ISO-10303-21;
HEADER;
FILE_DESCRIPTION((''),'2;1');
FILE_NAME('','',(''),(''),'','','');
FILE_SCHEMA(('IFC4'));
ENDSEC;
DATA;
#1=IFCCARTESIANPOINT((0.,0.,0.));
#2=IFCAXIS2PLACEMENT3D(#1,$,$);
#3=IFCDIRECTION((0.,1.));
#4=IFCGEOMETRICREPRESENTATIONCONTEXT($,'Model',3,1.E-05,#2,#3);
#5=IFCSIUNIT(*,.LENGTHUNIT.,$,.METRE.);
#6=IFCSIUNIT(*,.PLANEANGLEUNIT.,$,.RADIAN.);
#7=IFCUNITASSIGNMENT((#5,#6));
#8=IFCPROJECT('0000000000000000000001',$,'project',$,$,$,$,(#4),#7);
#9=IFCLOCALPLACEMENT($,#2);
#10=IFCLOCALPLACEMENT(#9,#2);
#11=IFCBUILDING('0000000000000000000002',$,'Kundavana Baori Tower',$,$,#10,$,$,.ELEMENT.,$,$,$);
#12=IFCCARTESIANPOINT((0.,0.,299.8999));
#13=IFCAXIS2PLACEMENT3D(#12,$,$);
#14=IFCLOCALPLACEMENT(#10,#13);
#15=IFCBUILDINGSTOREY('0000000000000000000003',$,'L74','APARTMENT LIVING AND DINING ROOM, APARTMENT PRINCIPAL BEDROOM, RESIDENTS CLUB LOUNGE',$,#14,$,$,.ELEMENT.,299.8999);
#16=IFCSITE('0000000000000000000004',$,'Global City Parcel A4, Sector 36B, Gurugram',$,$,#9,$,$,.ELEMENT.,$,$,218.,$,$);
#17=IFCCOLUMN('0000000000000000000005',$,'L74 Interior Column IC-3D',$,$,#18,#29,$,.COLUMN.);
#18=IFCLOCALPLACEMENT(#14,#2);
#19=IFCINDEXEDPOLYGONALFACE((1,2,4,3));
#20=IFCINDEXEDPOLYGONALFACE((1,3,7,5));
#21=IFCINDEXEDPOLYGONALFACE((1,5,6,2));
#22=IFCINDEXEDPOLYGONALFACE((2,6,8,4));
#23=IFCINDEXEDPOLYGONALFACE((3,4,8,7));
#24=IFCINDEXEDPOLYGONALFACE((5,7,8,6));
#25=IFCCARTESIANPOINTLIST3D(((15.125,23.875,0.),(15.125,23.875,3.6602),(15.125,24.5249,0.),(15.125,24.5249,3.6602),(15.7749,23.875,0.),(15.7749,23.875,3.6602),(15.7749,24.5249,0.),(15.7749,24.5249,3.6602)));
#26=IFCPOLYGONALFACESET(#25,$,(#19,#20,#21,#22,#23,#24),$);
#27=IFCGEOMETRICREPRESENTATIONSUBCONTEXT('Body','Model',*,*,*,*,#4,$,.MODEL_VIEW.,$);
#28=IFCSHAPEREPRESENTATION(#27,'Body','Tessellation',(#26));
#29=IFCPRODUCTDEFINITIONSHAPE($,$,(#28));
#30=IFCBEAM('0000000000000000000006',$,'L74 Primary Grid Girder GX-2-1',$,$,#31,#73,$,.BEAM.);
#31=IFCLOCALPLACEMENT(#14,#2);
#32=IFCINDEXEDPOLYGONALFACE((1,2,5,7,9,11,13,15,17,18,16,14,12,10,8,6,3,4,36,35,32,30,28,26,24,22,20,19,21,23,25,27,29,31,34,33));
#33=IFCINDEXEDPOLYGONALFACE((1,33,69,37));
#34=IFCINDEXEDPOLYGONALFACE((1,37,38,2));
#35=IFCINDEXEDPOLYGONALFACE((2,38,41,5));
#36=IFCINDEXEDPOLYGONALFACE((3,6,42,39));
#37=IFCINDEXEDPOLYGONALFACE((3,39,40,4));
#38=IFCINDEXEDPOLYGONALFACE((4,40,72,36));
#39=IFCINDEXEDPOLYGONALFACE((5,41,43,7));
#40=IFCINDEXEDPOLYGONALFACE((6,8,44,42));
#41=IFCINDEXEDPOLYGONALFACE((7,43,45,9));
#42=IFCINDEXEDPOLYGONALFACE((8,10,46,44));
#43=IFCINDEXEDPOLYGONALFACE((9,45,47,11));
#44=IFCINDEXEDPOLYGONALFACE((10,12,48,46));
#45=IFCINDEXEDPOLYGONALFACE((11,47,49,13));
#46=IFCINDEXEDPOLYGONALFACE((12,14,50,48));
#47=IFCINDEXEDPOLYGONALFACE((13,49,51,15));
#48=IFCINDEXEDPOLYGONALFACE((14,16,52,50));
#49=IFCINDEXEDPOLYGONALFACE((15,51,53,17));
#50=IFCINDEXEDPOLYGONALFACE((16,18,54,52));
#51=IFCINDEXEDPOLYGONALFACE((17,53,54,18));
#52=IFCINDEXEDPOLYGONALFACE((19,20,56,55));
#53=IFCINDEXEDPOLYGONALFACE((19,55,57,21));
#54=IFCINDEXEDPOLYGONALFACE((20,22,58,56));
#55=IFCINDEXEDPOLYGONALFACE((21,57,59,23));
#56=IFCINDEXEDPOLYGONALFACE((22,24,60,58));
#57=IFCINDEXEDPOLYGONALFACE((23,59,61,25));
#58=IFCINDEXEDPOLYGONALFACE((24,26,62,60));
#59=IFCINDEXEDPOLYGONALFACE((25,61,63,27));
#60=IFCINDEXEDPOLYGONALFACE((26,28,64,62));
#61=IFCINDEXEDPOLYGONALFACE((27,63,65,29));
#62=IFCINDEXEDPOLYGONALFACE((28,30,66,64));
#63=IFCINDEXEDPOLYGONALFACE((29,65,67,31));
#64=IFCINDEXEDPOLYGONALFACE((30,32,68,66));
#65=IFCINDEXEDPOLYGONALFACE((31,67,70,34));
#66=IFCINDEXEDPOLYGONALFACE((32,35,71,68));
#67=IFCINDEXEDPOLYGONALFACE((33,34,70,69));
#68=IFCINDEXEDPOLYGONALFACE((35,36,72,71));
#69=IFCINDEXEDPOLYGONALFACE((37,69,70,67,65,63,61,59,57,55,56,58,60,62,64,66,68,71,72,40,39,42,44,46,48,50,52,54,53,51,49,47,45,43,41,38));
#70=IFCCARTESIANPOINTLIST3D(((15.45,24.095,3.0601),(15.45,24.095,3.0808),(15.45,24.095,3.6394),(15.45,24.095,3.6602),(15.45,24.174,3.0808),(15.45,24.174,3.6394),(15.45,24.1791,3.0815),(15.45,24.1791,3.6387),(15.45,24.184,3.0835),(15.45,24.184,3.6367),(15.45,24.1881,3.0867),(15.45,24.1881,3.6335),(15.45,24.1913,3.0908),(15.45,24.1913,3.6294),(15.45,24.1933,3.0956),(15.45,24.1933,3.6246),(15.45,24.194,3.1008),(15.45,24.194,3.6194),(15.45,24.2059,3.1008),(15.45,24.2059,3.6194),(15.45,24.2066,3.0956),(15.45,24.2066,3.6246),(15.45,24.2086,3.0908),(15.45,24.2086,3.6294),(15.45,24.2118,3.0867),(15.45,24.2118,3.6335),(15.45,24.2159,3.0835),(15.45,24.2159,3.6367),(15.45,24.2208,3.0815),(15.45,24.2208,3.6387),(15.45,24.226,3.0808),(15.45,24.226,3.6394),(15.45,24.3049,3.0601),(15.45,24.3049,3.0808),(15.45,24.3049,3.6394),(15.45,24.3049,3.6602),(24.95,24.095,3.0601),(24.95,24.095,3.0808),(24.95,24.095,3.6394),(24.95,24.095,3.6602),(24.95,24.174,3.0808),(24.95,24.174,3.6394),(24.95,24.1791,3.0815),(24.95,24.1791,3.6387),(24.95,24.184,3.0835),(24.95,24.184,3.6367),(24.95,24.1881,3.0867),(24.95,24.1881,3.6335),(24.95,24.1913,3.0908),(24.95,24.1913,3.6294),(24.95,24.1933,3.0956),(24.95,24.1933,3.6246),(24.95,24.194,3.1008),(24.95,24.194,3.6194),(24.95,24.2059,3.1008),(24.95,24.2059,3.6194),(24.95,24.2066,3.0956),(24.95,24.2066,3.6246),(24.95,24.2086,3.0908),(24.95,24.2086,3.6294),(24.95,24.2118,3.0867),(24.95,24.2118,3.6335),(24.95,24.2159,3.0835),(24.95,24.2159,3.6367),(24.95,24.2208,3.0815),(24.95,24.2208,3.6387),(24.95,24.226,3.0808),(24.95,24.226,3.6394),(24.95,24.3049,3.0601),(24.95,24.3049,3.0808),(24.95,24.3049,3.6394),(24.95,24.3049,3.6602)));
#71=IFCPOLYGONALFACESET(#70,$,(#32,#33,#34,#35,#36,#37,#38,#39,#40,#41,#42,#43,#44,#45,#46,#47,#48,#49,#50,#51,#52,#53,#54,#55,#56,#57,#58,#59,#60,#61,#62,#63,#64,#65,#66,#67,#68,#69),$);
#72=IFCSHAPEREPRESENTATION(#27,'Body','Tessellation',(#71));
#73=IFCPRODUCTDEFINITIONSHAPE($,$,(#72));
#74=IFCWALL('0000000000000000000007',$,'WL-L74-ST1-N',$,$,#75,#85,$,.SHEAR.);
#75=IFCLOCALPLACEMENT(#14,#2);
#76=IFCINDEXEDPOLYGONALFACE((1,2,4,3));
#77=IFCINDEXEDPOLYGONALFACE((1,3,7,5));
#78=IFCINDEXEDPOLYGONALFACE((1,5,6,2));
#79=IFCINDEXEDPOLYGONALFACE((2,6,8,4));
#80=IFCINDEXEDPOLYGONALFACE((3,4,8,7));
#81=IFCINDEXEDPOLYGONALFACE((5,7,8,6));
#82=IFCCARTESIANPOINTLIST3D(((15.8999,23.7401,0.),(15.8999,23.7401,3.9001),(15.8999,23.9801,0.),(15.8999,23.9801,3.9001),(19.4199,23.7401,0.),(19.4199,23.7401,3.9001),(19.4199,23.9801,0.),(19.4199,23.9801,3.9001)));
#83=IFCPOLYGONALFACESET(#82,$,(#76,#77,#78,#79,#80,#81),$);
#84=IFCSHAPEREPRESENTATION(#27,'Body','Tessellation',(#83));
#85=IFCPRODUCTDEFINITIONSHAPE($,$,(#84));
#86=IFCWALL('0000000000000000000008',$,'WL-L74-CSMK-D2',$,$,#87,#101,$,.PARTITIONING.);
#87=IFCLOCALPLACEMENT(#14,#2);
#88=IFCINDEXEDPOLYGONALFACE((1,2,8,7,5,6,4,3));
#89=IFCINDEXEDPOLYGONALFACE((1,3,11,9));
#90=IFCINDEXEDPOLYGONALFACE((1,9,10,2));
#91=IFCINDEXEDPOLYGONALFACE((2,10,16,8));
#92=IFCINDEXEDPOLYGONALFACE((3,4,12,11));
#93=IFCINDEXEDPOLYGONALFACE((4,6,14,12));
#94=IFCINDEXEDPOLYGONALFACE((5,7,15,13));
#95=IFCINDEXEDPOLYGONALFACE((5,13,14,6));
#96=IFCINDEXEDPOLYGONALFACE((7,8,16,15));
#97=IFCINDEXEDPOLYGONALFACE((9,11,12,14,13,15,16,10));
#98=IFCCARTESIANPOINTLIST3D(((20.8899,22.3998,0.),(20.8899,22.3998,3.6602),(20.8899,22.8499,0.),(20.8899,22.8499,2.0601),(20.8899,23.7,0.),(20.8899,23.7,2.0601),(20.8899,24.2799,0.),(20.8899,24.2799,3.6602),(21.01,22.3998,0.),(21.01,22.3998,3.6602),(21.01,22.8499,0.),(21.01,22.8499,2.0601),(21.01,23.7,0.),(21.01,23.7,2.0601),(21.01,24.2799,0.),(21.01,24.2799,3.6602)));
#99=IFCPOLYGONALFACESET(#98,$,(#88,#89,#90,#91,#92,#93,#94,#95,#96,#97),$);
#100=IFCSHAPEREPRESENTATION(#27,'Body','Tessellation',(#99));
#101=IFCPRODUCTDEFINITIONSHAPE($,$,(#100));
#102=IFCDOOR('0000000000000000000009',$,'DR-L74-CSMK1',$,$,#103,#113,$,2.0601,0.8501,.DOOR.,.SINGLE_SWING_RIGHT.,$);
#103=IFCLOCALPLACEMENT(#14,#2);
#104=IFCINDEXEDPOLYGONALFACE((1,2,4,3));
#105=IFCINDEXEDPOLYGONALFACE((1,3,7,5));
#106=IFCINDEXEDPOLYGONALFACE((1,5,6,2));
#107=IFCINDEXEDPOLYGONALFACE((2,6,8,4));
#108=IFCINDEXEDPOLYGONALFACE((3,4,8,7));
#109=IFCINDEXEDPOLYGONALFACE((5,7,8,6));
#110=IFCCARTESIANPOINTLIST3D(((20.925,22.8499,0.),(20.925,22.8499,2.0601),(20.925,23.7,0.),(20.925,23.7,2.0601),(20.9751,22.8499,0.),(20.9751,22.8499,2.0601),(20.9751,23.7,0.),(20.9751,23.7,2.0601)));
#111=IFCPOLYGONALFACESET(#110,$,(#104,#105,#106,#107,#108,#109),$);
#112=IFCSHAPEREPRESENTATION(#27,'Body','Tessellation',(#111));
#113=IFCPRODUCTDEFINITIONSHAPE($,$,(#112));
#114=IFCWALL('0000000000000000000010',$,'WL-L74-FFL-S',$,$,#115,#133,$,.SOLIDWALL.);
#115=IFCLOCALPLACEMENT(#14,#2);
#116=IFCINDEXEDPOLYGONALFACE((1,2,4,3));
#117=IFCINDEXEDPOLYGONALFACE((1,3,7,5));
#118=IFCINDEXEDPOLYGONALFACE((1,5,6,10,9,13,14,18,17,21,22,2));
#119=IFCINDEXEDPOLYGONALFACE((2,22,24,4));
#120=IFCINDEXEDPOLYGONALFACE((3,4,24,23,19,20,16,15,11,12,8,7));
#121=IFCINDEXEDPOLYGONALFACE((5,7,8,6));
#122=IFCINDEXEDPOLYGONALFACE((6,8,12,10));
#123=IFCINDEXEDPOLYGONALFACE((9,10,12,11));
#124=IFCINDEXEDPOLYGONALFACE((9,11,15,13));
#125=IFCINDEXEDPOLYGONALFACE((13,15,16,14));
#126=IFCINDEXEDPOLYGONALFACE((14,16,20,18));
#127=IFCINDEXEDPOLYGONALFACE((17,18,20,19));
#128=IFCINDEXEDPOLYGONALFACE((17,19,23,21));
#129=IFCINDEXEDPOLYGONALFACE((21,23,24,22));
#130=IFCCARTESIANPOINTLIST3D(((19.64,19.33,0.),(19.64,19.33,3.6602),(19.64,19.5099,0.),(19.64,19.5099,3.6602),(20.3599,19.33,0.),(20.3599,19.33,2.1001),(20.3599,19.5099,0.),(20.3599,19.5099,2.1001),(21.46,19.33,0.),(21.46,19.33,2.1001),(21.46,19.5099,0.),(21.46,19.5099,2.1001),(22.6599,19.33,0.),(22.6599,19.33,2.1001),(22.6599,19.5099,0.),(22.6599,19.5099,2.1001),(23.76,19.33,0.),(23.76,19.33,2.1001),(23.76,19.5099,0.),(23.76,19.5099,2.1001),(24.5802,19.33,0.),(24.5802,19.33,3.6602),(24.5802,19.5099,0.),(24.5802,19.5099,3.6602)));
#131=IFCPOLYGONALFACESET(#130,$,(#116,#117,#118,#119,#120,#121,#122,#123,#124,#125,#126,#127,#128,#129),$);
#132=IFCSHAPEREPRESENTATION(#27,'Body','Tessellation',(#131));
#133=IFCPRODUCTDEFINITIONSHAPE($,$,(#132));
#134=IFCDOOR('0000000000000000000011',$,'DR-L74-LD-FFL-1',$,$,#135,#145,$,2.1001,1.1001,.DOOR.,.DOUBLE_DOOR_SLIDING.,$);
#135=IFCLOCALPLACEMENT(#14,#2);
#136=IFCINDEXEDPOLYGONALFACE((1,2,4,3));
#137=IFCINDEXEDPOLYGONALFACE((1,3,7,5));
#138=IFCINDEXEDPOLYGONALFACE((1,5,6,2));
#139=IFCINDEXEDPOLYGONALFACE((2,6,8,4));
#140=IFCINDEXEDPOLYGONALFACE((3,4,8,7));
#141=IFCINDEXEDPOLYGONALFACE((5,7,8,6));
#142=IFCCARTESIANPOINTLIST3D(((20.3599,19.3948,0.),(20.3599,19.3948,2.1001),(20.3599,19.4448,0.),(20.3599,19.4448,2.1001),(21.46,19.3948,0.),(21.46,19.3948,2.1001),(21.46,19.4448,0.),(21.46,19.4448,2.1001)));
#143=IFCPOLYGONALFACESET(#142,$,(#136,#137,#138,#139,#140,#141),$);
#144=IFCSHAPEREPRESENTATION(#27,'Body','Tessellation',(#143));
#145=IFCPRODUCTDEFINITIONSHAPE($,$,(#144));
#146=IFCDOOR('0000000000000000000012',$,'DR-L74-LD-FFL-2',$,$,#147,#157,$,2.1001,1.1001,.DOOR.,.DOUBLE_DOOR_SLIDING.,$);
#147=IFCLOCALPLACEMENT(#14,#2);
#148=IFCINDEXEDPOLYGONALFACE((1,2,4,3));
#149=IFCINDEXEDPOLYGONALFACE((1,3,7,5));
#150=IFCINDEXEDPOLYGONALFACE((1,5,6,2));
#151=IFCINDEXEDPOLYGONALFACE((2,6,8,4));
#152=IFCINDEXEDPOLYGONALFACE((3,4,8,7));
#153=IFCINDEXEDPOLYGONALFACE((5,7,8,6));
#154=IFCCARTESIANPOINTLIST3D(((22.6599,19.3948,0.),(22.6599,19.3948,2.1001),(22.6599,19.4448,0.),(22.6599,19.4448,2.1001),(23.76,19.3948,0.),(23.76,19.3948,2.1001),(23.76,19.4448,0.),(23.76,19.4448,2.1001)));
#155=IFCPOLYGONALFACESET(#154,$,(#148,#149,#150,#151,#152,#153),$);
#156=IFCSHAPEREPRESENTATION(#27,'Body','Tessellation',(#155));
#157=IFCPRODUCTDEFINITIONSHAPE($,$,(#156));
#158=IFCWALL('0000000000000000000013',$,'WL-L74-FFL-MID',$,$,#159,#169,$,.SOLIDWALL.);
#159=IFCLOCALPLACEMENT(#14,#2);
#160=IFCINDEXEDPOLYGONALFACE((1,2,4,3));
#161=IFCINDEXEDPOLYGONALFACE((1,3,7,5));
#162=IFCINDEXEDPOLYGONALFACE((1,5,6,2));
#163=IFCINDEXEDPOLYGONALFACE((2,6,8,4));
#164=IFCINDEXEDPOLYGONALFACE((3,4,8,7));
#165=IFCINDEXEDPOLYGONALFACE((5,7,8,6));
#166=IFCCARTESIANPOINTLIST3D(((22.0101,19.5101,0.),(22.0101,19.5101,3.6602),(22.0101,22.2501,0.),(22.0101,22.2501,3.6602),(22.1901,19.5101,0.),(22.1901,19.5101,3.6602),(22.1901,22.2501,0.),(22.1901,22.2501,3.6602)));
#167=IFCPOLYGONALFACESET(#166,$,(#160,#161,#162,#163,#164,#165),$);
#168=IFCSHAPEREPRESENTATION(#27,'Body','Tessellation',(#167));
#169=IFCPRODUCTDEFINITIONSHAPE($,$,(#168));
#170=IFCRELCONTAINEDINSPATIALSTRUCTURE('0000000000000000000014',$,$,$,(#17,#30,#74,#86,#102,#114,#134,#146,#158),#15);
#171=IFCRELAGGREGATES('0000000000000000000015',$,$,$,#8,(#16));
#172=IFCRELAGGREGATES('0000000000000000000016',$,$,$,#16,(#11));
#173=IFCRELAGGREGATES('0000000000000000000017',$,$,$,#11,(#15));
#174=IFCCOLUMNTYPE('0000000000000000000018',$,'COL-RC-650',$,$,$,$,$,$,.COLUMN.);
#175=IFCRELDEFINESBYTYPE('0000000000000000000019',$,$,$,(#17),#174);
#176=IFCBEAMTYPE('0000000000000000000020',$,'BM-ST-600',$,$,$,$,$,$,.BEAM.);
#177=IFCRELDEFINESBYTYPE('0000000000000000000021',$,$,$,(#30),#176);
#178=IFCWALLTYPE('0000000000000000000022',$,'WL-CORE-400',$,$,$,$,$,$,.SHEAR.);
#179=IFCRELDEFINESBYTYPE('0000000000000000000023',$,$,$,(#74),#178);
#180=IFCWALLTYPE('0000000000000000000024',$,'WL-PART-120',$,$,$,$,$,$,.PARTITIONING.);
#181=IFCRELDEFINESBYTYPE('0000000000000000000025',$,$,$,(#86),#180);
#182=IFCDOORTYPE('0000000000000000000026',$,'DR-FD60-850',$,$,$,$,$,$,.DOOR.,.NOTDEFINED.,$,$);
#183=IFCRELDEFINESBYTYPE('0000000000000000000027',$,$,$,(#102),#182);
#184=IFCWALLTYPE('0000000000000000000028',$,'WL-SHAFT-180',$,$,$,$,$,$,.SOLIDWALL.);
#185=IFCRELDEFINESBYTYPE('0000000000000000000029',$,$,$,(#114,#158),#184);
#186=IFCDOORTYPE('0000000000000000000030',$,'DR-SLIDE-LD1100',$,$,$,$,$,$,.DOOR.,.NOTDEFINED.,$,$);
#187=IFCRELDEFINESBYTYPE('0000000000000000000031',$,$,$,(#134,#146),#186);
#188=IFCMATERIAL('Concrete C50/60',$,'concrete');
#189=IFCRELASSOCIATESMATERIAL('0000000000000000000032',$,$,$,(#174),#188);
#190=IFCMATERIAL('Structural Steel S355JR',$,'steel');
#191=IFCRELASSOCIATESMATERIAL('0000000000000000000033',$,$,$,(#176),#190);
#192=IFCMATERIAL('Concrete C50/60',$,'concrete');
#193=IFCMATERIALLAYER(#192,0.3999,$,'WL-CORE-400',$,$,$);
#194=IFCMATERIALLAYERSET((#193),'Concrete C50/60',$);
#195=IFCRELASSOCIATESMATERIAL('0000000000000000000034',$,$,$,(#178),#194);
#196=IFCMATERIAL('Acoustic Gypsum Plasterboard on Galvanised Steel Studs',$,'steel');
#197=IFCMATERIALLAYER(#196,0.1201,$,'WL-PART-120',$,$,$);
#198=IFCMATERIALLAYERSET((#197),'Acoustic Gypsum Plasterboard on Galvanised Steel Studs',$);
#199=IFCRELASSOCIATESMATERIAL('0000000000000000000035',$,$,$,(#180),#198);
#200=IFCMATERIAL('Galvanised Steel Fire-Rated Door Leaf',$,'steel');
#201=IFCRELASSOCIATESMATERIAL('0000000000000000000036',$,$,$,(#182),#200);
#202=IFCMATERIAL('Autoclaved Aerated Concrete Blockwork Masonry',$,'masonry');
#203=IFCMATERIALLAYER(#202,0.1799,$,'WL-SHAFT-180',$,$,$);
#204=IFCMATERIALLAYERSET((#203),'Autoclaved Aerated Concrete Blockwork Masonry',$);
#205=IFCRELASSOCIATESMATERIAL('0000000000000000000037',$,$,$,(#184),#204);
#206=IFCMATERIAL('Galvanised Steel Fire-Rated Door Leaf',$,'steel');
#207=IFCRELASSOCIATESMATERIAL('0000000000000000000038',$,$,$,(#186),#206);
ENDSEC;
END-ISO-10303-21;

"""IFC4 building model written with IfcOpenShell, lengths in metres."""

from ifc_helpers import new_model, si_unit, direction, frame, frame_2d, origin, origin_2d, place, context, subcontext, project, spatial, rectangle, i_section, extrude, material, layer, layer_set, material_profile, profile_set, type_object, element, fill, save


model = new_model("IFC4")

# Units and contexts
model_context = context("Model", 3, precision=1e-05, world=origin(), true_north=direction((0.0, 1.0)))
body_context = subcontext(model_context, "Body", "Model", "MODEL_VIEW")
ifc_project = project(units=[si_unit("LENGTHUNIT", "METRE"), si_unit("PLANEANGLEUNIT", "RADIAN")], contexts=[model_context])

# Site, building, storey
site_placement = place(None, origin())
site = spatial("IfcSite", under=ifc_project, at=site_placement, Name="Global City Parcel A4, Sector 36B, Gurugram", CompositionType="ELEMENT", RefElevation=218.0)
building_placement = place(site_placement, origin())
building = spatial("IfcBuilding", under=site, at=building_placement, Name="Kundavana Baori Tower", CompositionType="ELEMENT")
storey_placement = place(building_placement, frame((0.0, 0.0, 299.8999)))
storey = spatial("IfcBuildingStorey", under=building, at=storey_placement, Name="L74", Description="APARTMENT LIVING AND DINING ROOM, APARTMENT PRINCIPAL BEDROOM, RESIDENTS CLUB LOUNGE", CompositionType="ELEMENT", Elevation=299.8999)

# Column
ifc_material_1 = material(Name="Concrete C50/60", Category="concrete")
ifc_material_profile_1 = material_profile(ifc_material_1, rectangle(XDim=0.6499, YDim=0.6499, at=origin_2d()), Name="RC 650x650")
ifc_profile_set_1 = profile_set([ifc_material_profile_1], Name="Concrete C50/60")
column_type = type_object("IfcColumnType", Name="COL-RC-650", PredefinedType="COLUMN", material=ifc_profile_set_1)
column_placement = place(storey_placement, frame((15.45, 24.2, 0.0), z_axis=(0.0, 0.0, 1.0), x_axis=(1.0, 0.0, 0.0)))
element("IfcColumn", 1, at=column_placement, inside=storey, type_object=column_type, Name="L74 Interior Column IC-3D", PredefinedType="COLUMN", context=body_context, shape_type="SweptSolid", body=[
    extrude(rectangle(XDim=0.6499, YDim=0.6499, at=origin_2d()), origin(), (0.0, 0.0, 1.0), 3.6602),
])

# Beam
ifc_material_2 = material(Name="Structural Steel S355JR", Category="steel")
ifc_material_profile_2 = material_profile(ifc_material_2, i_section(OverallWidth=0.21, OverallDepth=0.6001, WebThickness=0.012, FlangeThickness=0.0208, FilletRadius=0.02, at=origin_2d()), Name="ISMB 600")
ifc_profile_set_2 = profile_set([ifc_material_profile_2], Name="Structural Steel S355JR")
beam_type = type_object("IfcBeamType", Name="BM-ST-600", PredefinedType="BEAM", material=ifc_profile_set_2)
beam_placement = place(storey_placement, frame((15.45, 24.2, 3.3601), z_axis=(1.0, 0.0, 0.0), x_axis=(0.0, 1.0, 0.0)))
element("IfcBeam", 2, at=beam_placement, inside=storey, type_object=beam_type, Name="L74 Primary Grid Girder GX-2-1", PredefinedType="BEAM", context=body_context, shape_type="SweptSolid", body=[
    extrude(i_section(OverallWidth=0.21, OverallDepth=0.6001, WebThickness=0.012, FlangeThickness=0.0208, FilletRadius=0.02, at=origin_2d()), origin(), (0.0, 0.0, 1.0), 9.5),
])

# Wall
ifc_material_3 = material(Name="Concrete C50/60", Category="concrete")
ifc_layer_1 = layer(ifc_material_3, 0.3999, Name="WL-CORE-400")
ifc_layer_set_1 = layer_set([ifc_layer_1], Name="Concrete C50/60")
wall_type_1 = type_object("IfcWallType", Name="WL-CORE-400", PredefinedType="SHEAR", material=ifc_layer_set_1)
wall_1_placement = place(storey_placement, frame((15.8999, 23.8601, 0.0), z_axis=(0.0, 0.0, 1.0), x_axis=(1.0, 0.0, 0.0)))
element("IfcWall", 3, at=wall_1_placement, inside=storey, type_object=wall_type_1, Name="WL-L74-ST1-N", PredefinedType="SHEAR", context=body_context, shape_type="SweptSolid", body=[
    extrude(rectangle(XDim=3.52, YDim=0.24, at=frame_2d((1.76, 0.0))), origin(), (0.0, 0.0, 1.0), 3.9001),
])

# Wall, opening, door
ifc_material_4 = material(Name="Acoustic Gypsum Plasterboard on Galvanised Steel Studs", Category="steel")
ifc_layer_2 = layer(ifc_material_4, 0.1201, Name="WL-PART-120")
ifc_layer_set_2 = layer_set([ifc_layer_2], Name="Acoustic Gypsum Plasterboard on Galvanised Steel Studs")
wall_type_2 = type_object("IfcWallType", Name="WL-PART-120", PredefinedType="PARTITIONING", material=ifc_layer_set_2)
wall_2_placement = place(storey_placement, frame((20.95, 22.3999, 0.0), z_axis=(0.0, 0.0, 1.0), x_axis=(0.0, 1.0, 0.0)))
wall_2 = element("IfcWall", 4, at=wall_2_placement, inside=storey, type_object=wall_type_2, Name="WL-L74-CSMK-D2", PredefinedType="PARTITIONING", context=body_context, shape_type="SweptSolid", body=[
    extrude(rectangle(XDim=1.8801, YDim=0.1201, at=frame_2d((0.9399, 0.0))), origin(), (0.0, 0.0, 1.0), 3.6602),
])
opening_1_placement = place(wall_2_placement, frame((0.45, 0.0, 0.0)))
opening_1 = element("IfcOpeningElement", 5, at=opening_1_placement, cuts=wall_2, PredefinedType="OPENING", context=body_context, shape_type="SweptSolid", body=[
    extrude(rectangle(XDim=0.8501, YDim=2.0601, at=frame_2d((0.425, 1.03))), frame((0.0, 0.0701, 0.0), z_axis=(0.0, -1.0, 0.0), x_axis=(1.0, 0.0, 0.0)), (0.0, 0.0, 1.0), 0.1401),
])
ifc_material_5 = material(Name="Galvanised Steel Fire-Rated Door Leaf", Category="steel")
door_type_1 = type_object("IfcDoorType", Name="DR-FD60-850", OperationType="NOTDEFINED", PredefinedType="DOOR", material=ifc_material_5)
door_1_placement = place(opening_1_placement, origin())
door_1 = element("IfcDoor", 6, at=door_1_placement, inside=storey, type_object=door_type_1, Name="DR-L74-CSMK1", OperationType="SINGLE_SWING_RIGHT", OverallHeight=2.0601, OverallWidth=0.8501, PredefinedType="DOOR", context=body_context, shape_type="SweptSolid", body=[
    extrude(rectangle(XDim=0.8501, YDim=2.0601, at=frame_2d((0.425, 1.03))), frame((0.0, 0.0249, 0.0), z_axis=(0.0, -1.0, 0.0), x_axis=(1.0, 0.0, 0.0)), (0.0, 0.0, 1.0), 0.05),
])
fill(opening_1, door_1)

# Wall, openings, doors
ifc_material_6 = material(Name="Autoclaved Aerated Concrete Blockwork Masonry", Category="masonry")
ifc_layer_3 = layer(ifc_material_6, 0.1799, Name="WL-SHAFT-180")
ifc_layer_set_3 = layer_set([ifc_layer_3], Name="Autoclaved Aerated Concrete Blockwork Masonry")
wall_type_3 = type_object("IfcWallType", Name="WL-SHAFT-180", PredefinedType="SOLIDWALL", material=ifc_layer_set_3)
wall_3_placement = place(storey_placement, frame((19.6399, 19.4199, 0.0), z_axis=(0.0, 0.0, 1.0), x_axis=(1.0, 0.0, 0.0)))
wall_3 = element("IfcWall", 7, at=wall_3_placement, inside=storey, type_object=wall_type_3, Name="WL-L74-FFL-S", PredefinedType="SOLIDWALL", context=body_context, shape_type="SweptSolid", body=[
    extrude(rectangle(XDim=4.9402, YDim=0.1799, at=frame_2d((2.4702, 0.0))), origin(), (0.0, 0.0, 1.0), 3.6602),
])
opening_2_placement = place(wall_3_placement, frame((0.72, 0.0, 0.0)))
opening_2 = element("IfcOpeningElement", 8, at=opening_2_placement, cuts=wall_3, PredefinedType="OPENING", context=body_context, shape_type="SweptSolid", body=[
    extrude(rectangle(XDim=1.1001, YDim=2.1001, at=frame_2d((0.55, 1.05))), frame((0.0, 0.1001, 0.0), z_axis=(0.0, -1.0, 0.0), x_axis=(1.0, 0.0, 0.0)), (0.0, 0.0, 1.0), 0.2),
])
opening_3_placement = place(wall_3_placement, frame((3.02, 0.0, 0.0)))
opening_3 = element("IfcOpeningElement", 9, at=opening_3_placement, cuts=wall_3, PredefinedType="OPENING", context=body_context, shape_type="SweptSolid", body=[
    extrude(rectangle(XDim=1.1001, YDim=2.1001, at=frame_2d((0.55, 1.05))), frame((0.0, 0.1001, 0.0), z_axis=(0.0, -1.0, 0.0), x_axis=(1.0, 0.0, 0.0)), (0.0, 0.0, 1.0), 0.2),
])
ifc_material_7 = material(Name="Galvanised Steel Fire-Rated Door Leaf", Category="steel")
door_type_2 = type_object("IfcDoorType", Name="DR-SLIDE-LD1100", OperationType="NOTDEFINED", PredefinedType="DOOR", material=ifc_material_7)
door_2_placement = place(opening_2_placement, origin())
door_2 = element("IfcDoor", 10, at=door_2_placement, inside=storey, type_object=door_type_2, Name="DR-L74-LD-FFL-1", OperationType="DOUBLE_DOOR_SLIDING", OverallHeight=2.1001, OverallWidth=1.1001, PredefinedType="DOOR", context=body_context, shape_type="SweptSolid", body=[
    extrude(rectangle(XDim=1.1001, YDim=2.1001, at=frame_2d((0.55, 1.05))), frame((0.0, 0.0249, 0.0), z_axis=(0.0, -1.0, 0.0), x_axis=(1.0, 0.0, 0.0)), (0.0, 0.0, 1.0), 0.05),
])
fill(opening_2, door_2)
door_3_placement = place(opening_3_placement, origin())
door_3 = element("IfcDoor", 11, at=door_3_placement, inside=storey, type_object=door_type_2, Name="DR-L74-LD-FFL-2", OperationType="DOUBLE_DOOR_SLIDING", OverallHeight=2.1001, OverallWidth=1.1001, PredefinedType="DOOR", context=body_context, shape_type="SweptSolid", body=[
    extrude(rectangle(XDim=1.1001, YDim=2.1001, at=frame_2d((0.55, 1.05))), frame((0.0, 0.0249, 0.0), z_axis=(0.0, -1.0, 0.0), x_axis=(1.0, 0.0, 0.0)), (0.0, 0.0, 1.0), 0.05),
])
fill(opening_3, door_3)

# Wall
wall_4_placement = place(storey_placement, frame((22.1001, 19.51, 0.0), z_axis=(0.0, 0.0, 1.0), x_axis=(0.0, 1.0, 0.0)))
element("IfcWall", 12, at=wall_4_placement, inside=storey, type_object=wall_type_3, Name="WL-L74-FFL-MID", PredefinedType="SOLIDWALL", context=body_context, shape_type="SweptSolid", body=[
    extrude(rectangle(XDim=2.74, YDim=0.1799, at=frame_2d((1.3701, 0.0))), origin(), (0.0, 0.0, 1.0), 3.6602),
])

save(model, "model.ifc")
